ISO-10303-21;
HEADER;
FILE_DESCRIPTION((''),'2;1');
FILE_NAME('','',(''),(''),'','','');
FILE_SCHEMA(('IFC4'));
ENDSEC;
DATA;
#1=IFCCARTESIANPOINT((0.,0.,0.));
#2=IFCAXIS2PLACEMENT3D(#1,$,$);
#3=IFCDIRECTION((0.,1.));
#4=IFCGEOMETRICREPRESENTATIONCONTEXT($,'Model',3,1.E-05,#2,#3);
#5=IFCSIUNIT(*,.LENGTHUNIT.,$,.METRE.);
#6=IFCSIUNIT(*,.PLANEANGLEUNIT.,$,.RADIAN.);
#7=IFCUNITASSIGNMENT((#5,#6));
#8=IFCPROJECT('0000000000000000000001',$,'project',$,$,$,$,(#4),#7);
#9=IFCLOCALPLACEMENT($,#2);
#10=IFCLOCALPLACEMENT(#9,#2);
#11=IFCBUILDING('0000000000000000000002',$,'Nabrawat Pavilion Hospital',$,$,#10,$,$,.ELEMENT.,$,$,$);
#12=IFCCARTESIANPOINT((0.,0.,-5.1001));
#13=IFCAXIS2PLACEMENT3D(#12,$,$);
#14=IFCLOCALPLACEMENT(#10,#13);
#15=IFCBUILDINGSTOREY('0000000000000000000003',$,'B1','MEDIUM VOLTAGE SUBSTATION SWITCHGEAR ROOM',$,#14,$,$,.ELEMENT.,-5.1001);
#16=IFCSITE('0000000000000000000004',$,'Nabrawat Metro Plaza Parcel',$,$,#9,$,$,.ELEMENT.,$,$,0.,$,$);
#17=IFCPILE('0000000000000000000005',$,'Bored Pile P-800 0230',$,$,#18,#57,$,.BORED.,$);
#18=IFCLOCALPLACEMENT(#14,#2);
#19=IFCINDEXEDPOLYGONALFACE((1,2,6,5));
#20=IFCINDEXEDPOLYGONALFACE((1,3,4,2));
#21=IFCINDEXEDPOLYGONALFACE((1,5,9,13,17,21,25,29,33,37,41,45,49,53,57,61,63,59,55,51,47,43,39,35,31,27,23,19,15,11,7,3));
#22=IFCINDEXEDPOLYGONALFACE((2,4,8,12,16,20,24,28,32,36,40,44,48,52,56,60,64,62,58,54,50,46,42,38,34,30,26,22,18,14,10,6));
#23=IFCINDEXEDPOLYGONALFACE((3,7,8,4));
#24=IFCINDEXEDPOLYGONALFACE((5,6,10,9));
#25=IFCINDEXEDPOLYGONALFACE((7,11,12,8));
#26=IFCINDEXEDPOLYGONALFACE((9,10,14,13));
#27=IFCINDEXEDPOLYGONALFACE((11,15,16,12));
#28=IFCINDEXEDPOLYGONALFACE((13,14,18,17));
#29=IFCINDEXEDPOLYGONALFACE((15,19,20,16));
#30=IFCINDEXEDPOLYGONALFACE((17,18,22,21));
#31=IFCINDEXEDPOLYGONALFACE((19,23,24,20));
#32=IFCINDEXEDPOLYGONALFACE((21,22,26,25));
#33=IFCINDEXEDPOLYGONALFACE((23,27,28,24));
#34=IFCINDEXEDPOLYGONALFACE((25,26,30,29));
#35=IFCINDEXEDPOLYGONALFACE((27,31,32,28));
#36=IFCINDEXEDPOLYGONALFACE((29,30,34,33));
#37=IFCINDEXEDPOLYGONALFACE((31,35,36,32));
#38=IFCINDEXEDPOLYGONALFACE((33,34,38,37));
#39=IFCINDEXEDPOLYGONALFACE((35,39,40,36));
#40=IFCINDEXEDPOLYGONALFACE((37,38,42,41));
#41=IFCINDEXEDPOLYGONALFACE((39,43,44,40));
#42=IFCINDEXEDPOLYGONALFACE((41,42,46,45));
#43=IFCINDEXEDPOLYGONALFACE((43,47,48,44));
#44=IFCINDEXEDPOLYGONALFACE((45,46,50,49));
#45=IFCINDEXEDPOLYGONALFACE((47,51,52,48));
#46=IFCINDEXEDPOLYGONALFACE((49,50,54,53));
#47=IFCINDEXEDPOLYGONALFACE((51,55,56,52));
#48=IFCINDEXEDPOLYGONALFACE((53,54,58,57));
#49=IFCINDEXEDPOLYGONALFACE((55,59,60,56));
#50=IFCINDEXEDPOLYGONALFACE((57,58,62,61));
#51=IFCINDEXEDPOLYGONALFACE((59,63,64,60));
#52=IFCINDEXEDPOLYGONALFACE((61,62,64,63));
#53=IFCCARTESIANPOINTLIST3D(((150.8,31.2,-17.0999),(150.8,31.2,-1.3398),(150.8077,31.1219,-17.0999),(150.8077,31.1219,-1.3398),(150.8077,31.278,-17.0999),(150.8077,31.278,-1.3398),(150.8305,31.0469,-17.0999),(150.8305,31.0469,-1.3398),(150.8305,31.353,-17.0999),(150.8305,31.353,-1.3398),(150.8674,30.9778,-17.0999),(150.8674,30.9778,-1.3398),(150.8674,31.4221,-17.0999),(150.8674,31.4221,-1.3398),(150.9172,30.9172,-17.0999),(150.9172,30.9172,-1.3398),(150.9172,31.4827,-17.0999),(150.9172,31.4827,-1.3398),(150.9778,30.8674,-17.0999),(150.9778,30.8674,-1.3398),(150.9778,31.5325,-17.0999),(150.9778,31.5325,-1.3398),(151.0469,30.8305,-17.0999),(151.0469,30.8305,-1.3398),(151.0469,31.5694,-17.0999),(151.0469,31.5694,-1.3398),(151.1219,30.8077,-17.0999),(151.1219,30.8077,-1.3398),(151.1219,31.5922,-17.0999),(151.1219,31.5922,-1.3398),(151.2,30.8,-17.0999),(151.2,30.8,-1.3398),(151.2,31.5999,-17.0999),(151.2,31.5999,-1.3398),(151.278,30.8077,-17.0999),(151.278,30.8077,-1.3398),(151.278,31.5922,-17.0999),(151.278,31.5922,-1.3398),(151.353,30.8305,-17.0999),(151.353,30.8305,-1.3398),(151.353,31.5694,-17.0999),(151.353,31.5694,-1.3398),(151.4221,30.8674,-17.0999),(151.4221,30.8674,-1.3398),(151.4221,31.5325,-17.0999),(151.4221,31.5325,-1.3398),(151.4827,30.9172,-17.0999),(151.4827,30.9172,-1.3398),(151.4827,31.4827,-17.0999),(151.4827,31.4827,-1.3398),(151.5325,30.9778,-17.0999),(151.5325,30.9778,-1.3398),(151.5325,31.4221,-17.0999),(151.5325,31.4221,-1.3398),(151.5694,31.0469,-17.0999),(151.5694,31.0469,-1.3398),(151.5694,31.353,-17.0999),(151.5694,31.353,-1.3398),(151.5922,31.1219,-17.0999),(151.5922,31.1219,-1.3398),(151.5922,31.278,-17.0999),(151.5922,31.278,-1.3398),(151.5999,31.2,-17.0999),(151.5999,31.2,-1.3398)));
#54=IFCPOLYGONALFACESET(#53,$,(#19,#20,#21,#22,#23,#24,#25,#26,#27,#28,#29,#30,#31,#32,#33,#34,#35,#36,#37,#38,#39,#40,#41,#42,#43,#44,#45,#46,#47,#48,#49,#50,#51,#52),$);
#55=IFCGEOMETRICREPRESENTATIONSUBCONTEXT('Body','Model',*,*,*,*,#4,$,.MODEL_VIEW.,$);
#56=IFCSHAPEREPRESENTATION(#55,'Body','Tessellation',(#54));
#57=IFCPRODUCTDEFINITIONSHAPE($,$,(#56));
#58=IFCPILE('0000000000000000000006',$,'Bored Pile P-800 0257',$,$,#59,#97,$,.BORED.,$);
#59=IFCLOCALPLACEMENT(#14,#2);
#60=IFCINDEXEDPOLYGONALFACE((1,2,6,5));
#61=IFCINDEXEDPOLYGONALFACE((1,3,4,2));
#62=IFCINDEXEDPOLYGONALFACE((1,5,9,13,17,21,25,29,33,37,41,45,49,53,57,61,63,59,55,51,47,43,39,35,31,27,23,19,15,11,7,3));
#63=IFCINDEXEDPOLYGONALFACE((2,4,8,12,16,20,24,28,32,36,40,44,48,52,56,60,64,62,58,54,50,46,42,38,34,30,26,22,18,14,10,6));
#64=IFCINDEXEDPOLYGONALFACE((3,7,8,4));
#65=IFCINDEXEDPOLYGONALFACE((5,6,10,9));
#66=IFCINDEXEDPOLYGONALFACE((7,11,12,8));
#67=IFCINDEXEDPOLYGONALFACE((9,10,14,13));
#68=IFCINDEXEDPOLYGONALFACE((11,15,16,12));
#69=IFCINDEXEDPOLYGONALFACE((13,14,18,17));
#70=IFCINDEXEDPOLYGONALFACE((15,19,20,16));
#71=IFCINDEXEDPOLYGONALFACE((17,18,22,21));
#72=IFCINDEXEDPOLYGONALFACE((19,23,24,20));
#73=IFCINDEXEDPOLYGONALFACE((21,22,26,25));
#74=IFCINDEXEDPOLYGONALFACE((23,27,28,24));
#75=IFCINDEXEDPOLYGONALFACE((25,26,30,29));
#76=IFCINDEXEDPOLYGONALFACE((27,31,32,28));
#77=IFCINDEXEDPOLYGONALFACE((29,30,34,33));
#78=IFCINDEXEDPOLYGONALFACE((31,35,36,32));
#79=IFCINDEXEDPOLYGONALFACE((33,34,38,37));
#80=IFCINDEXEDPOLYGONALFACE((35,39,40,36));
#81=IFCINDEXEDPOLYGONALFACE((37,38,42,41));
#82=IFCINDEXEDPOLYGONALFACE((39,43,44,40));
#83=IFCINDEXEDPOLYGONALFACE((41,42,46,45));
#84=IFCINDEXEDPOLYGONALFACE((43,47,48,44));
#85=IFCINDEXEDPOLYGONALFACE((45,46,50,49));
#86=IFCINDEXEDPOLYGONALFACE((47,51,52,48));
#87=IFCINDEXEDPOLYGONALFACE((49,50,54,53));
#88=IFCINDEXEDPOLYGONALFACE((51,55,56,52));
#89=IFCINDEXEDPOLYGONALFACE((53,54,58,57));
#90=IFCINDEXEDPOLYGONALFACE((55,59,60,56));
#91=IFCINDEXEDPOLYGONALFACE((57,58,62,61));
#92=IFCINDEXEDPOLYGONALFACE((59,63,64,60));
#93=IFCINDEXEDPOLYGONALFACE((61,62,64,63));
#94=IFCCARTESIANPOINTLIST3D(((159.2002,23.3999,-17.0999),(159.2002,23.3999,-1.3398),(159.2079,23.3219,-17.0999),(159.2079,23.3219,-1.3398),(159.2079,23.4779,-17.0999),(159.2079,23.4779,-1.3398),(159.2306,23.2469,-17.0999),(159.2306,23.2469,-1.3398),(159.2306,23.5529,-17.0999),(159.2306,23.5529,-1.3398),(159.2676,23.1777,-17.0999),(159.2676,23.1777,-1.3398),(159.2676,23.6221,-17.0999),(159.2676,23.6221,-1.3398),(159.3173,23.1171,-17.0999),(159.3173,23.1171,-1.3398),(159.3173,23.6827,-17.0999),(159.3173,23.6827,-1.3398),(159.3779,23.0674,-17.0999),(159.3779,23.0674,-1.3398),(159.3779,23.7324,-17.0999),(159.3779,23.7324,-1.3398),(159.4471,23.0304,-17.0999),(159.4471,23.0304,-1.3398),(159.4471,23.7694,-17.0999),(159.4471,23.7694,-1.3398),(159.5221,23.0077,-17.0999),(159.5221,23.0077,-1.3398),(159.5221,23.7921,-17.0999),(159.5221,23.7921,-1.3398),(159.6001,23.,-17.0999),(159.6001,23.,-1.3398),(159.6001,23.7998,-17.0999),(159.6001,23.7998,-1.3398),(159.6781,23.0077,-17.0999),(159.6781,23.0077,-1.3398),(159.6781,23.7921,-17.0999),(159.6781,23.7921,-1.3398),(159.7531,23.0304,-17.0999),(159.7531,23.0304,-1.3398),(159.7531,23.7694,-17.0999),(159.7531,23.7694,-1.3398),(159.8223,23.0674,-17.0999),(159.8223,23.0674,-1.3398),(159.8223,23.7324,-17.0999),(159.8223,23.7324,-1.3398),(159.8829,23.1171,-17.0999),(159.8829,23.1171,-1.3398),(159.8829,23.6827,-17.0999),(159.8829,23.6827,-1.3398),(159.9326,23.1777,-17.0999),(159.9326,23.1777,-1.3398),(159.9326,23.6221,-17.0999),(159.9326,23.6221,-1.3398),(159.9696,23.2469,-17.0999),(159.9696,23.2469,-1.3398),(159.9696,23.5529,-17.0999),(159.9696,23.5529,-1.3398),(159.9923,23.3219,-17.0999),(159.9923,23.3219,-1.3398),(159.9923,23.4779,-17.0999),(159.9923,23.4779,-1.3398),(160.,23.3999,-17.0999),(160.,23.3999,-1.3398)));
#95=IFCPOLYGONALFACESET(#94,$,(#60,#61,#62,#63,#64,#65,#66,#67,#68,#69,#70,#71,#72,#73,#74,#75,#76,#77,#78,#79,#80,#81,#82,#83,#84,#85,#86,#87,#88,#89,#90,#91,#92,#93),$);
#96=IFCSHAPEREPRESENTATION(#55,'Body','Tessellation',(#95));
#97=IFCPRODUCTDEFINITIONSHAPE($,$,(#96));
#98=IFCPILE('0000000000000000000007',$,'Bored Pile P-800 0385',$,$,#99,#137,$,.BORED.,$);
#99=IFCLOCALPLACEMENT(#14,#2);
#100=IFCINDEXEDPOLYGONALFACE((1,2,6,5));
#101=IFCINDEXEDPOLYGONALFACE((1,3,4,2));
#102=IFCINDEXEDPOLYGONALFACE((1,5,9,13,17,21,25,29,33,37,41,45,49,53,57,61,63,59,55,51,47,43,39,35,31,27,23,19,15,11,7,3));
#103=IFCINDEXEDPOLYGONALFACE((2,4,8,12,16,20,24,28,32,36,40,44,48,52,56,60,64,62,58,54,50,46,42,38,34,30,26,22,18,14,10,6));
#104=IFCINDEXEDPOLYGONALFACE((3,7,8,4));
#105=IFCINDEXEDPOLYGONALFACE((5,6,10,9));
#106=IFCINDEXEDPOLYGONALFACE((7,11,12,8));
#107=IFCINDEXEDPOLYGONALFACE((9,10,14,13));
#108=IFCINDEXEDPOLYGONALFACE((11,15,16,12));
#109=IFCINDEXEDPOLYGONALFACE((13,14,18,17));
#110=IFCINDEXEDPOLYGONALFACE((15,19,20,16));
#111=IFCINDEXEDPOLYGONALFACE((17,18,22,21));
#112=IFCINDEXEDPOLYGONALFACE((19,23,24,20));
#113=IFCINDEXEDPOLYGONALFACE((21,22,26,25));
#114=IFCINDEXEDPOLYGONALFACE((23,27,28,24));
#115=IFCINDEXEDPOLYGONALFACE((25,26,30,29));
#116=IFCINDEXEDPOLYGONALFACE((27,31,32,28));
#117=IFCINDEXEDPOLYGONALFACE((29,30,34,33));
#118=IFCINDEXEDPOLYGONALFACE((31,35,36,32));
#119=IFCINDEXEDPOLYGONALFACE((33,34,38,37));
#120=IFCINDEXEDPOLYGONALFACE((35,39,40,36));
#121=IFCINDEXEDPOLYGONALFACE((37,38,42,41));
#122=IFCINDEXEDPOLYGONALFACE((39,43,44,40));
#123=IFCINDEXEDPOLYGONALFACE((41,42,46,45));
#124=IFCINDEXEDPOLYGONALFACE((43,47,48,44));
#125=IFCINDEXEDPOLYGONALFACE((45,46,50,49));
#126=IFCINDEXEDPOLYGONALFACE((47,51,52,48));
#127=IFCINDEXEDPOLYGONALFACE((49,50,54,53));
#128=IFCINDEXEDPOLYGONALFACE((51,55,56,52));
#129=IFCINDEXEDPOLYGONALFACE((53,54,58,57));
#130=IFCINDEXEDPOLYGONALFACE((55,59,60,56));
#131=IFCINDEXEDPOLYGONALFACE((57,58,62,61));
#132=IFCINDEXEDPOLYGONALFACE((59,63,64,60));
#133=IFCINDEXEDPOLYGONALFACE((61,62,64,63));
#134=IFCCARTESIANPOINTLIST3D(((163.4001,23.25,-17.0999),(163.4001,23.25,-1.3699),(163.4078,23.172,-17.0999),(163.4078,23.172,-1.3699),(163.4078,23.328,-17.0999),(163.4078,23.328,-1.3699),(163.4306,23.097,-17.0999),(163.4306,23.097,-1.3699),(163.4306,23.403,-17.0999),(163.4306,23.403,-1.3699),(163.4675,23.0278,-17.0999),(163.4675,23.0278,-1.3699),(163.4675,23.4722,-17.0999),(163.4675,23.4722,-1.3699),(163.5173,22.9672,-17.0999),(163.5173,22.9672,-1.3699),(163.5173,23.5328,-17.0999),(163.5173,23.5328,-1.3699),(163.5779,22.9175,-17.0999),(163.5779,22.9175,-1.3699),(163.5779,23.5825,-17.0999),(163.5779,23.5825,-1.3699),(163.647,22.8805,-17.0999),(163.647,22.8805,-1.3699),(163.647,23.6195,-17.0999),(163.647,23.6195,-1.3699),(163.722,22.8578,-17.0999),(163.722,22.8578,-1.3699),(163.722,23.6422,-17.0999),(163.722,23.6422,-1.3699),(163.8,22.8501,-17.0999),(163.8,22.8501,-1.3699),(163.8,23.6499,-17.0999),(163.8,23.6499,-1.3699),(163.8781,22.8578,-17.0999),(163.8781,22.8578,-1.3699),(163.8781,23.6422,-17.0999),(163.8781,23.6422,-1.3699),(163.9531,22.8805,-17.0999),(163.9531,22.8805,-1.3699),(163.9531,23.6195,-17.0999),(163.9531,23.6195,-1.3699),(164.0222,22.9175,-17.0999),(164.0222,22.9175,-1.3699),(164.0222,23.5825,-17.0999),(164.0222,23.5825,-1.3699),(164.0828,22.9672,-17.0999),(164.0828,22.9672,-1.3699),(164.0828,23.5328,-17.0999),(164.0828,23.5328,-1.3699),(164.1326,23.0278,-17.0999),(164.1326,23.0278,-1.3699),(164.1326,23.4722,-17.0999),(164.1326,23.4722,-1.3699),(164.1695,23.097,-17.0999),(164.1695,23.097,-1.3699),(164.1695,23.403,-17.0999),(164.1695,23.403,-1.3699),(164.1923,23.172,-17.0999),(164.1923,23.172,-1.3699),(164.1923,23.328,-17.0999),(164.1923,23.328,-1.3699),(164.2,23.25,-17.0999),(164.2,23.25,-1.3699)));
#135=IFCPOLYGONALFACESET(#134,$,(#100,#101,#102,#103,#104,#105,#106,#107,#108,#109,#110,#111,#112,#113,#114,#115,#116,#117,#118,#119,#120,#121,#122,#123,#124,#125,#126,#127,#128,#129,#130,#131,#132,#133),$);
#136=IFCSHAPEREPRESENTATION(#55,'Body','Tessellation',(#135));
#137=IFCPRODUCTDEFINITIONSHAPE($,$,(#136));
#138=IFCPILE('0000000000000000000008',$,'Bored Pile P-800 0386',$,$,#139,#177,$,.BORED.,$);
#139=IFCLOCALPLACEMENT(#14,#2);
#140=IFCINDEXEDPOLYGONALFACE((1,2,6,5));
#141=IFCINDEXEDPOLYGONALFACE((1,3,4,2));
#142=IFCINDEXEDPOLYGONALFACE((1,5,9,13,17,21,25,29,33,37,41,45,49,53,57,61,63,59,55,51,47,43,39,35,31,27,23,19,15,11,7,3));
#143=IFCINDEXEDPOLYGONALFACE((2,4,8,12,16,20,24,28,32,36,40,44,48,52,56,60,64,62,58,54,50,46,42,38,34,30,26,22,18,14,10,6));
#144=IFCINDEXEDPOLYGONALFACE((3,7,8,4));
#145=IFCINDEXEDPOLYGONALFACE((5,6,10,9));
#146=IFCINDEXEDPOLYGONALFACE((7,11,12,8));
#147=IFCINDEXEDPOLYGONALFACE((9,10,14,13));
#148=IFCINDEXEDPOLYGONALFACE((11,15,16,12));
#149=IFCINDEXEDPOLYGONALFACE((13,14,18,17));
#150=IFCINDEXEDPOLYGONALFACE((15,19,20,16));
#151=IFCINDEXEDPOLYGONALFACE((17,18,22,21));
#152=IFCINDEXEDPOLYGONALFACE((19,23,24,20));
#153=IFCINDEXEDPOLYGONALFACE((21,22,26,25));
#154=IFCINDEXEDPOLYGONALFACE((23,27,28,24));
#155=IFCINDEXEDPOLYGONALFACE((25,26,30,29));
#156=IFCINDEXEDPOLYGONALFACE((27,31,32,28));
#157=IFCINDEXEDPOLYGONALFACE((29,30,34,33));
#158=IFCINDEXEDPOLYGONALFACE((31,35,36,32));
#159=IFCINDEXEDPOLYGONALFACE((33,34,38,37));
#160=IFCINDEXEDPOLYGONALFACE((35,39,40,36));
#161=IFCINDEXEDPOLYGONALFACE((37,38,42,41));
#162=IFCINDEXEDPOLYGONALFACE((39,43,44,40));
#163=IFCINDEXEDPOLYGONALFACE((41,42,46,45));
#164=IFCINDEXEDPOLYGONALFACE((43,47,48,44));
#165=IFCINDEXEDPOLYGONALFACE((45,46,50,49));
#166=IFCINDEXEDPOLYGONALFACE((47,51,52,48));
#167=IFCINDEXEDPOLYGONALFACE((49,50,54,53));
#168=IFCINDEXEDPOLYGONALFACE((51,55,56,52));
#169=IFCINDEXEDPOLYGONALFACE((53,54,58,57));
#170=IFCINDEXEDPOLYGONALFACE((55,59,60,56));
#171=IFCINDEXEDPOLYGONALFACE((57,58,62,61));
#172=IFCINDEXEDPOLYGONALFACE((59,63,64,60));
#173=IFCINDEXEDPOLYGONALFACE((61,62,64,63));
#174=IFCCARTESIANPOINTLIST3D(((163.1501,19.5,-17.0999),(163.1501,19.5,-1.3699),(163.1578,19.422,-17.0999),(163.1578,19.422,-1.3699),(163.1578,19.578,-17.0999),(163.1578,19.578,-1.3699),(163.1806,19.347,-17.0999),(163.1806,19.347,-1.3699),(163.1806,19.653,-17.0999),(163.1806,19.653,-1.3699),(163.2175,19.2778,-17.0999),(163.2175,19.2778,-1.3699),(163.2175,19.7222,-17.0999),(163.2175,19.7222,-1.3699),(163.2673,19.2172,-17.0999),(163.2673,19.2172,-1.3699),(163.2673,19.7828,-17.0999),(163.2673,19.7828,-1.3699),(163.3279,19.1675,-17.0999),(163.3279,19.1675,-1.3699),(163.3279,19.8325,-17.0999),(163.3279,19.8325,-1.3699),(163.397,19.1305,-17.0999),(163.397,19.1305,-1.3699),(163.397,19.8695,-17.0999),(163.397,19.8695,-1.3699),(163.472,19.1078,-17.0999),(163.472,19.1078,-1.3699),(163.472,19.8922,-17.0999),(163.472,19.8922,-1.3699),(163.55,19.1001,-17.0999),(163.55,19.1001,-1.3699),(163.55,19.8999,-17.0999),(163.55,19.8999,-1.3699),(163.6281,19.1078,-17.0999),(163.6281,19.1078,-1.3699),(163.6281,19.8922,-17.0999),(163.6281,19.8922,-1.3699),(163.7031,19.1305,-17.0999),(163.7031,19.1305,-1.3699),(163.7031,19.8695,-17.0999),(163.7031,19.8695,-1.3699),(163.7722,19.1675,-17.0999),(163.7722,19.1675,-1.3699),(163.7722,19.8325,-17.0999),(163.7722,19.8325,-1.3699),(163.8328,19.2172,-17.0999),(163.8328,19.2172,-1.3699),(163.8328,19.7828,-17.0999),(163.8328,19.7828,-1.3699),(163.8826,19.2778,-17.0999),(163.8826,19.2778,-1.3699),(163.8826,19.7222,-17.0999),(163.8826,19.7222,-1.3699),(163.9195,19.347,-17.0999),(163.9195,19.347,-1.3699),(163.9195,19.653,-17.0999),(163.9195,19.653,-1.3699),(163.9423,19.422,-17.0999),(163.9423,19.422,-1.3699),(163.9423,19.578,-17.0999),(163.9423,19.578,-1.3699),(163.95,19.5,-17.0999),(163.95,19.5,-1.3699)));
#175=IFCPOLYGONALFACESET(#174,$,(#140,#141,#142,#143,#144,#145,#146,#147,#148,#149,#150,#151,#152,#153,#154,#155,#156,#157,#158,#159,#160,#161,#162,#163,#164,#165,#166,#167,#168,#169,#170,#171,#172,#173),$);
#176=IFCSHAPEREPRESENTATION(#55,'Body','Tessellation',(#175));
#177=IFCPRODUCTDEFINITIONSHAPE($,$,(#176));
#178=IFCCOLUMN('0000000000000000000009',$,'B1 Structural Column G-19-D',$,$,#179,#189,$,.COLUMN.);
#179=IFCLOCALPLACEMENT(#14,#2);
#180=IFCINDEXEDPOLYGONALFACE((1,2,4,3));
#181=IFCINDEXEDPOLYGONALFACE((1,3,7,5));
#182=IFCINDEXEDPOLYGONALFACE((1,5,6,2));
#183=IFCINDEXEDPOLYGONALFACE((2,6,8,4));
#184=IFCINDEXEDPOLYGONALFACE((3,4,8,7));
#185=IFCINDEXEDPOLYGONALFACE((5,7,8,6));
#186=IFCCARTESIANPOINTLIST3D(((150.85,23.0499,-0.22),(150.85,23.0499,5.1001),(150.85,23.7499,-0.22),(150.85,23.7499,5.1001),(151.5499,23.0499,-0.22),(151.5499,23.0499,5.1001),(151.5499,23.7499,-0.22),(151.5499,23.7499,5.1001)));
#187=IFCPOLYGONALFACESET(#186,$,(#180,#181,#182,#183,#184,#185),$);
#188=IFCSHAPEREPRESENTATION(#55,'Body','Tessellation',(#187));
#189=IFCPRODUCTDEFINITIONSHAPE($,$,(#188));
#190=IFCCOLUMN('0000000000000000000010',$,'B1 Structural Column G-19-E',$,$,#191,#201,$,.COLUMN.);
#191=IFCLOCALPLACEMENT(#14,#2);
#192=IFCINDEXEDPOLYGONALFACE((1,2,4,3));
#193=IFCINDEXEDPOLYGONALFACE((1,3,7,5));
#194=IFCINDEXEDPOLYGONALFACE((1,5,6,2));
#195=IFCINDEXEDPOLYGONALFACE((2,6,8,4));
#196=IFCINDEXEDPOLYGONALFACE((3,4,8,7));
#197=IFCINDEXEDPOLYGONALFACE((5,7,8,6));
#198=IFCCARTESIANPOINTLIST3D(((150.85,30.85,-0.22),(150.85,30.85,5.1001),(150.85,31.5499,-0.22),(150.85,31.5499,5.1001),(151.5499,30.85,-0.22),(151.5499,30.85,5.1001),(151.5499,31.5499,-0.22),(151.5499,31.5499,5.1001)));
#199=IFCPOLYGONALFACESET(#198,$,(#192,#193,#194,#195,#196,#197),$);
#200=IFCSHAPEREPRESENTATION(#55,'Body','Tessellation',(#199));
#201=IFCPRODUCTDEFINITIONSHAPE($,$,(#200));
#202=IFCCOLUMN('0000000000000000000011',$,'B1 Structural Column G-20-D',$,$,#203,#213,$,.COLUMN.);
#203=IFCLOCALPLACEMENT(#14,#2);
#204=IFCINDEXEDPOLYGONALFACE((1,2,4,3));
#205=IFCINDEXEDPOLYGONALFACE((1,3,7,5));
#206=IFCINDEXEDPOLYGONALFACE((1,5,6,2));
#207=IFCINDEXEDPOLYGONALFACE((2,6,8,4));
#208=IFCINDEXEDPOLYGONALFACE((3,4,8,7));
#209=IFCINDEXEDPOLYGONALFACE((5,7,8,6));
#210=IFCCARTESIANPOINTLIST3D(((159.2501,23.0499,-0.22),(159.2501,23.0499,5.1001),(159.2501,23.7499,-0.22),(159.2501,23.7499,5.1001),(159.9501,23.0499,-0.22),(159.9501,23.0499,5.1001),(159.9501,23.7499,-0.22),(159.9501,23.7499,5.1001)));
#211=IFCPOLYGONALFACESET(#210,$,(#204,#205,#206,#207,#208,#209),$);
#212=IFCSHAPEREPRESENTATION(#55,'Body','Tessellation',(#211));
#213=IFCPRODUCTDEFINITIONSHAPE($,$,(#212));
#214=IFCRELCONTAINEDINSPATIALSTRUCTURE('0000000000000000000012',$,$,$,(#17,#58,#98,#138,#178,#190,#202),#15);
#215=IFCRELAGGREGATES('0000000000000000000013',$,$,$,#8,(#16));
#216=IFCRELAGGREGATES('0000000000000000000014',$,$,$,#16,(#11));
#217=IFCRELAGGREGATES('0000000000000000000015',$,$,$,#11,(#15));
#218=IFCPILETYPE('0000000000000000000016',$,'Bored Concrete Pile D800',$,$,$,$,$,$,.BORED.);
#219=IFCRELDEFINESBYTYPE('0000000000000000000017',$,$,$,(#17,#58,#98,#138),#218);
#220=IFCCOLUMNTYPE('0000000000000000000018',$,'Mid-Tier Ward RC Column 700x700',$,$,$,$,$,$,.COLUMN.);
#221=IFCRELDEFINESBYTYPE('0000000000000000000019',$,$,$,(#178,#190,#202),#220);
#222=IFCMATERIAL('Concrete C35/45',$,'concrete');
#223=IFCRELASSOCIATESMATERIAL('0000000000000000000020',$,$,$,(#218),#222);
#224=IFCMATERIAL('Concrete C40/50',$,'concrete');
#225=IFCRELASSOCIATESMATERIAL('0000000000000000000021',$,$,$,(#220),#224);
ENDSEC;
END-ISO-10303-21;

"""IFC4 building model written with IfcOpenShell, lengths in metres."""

from ifc_helpers import new_model, si_unit, direction, frame, origin, origin_2d, place, context, subcontext, project, spatial, rectangle, circle, extrude, material, material_profile, profile_set, type_object, element, save


model = new_model("IFC4")

# Units and contexts
model_context = context("Model", 3, precision=1e-05, world=origin(), true_north=direction((0.0, 1.0)))
body_context = subcontext(model_context, "Body", "Model", "MODEL_VIEW")
ifc_project = project(units=[si_unit("LENGTHUNIT", "METRE"), si_unit("PLANEANGLEUNIT", "RADIAN")], contexts=[model_context])

# Site, building, storey
site_placement = place(None, origin())
site = spatial("IfcSite", under=ifc_project, at=site_placement, Name="Nabrawat Metro Plaza Parcel", CompositionType="ELEMENT", RefElevation=0.0)
building_placement = place(site_placement, origin())
building = spatial("IfcBuilding", under=site, at=building_placement, Name="Nabrawat Pavilion Hospital", CompositionType="ELEMENT")
storey_placement = place(building_placement, frame((0.0, 0.0, -5.1001)))
storey = spatial("IfcBuildingStorey", under=building, at=storey_placement, Name="B1", Description="MEDIUM VOLTAGE SUBSTATION SWITCHGEAR ROOM", CompositionType="ELEMENT", Elevation=-5.1001)

# Piles
ifc_material_1 = material(Name="Concrete C35/45", Category="concrete")
ifc_material_profile_1 = material_profile(ifc_material_1, circle(Radius=0.3999, at=origin_2d()), Name="DIA 800")
ifc_profile_set_1 = profile_set([ifc_material_profile_1], Name="Concrete C35/45")
pile_type = type_object("IfcPileType", Name="Bored Concrete Pile D800", PredefinedType="BORED", material=ifc_profile_set_1)
for number, where, z_axis, x_axis, name in (
    (1, (151.2, 31.2, -1.3398), (0.0, 0.0, -1.0), (1.0, 0.0, 0.0), "Bored Pile P-800 0230"),
    (2, (159.6001, 23.3999, -1.3398), (0.0, 0.0, -1.0), (1.0, 0.0, 0.0), "Bored Pile P-800 0257"),
):
    element("IfcPile", number, at=place(storey_placement, frame(where, z_axis=z_axis, x_axis=x_axis)), inside=storey, type_object=pile_type, Name=name, PredefinedType="BORED", context=body_context, shape_type="SweptSolid", body=[
        extrude(circle(Radius=0.3999, at=origin_2d()), origin(), (0.0, 0.0, 1.0), 15.76),
    ])
for number, where, z_axis, x_axis, name in (
    (3, (163.8, 23.25, -1.3699), (0.0, 0.0, -1.0), (1.0, 0.0, 0.0), "Bored Pile P-800 0385"),
    (4, (163.55, 19.5, -1.3699), (0.0, 0.0, -1.0), (1.0, 0.0, 0.0), "Bored Pile P-800 0386"),
):
    element("IfcPile", number, at=place(storey_placement, frame(where, z_axis=z_axis, x_axis=x_axis)), inside=storey, type_object=pile_type, Name=name, PredefinedType="BORED", context=body_context, shape_type="SweptSolid", body=[
        extrude(circle(Radius=0.3999, at=origin_2d()), origin(), (0.0, 0.0, 1.0), 15.73),
    ])

# Columns
ifc_material_2 = material(Name="Concrete C40/50", Category="concrete")
ifc_material_profile_2 = material_profile(ifc_material_2, rectangle(XDim=0.7, YDim=0.7, at=origin_2d()), Name="RC 700x700")
ifc_profile_set_2 = profile_set([ifc_material_profile_2], Name="Concrete C40/50")
column_type = type_object("IfcColumnType", Name="Mid-Tier Ward RC Column 700x700", PredefinedType="COLUMN", material=ifc_profile_set_2)
for number, where, z_axis, x_axis, name in (
    (5, (151.2, 23.3999, -0.22), (0.0, 0.0, 1.0), (1.0, 0.0, 0.0), "B1 Structural Column G-19-D"),
    (6, (151.2, 31.2, -0.22), (0.0, 0.0, 1.0), (1.0, 0.0, 0.0), "B1 Structural Column G-19-E"),
    (7, (159.6001, 23.3999, -0.22), (0.0, 0.0, 1.0), (1.0, 0.0, 0.0), "B1 Structural Column G-20-D"),
):
    element("IfcColumn", number, at=place(storey_placement, frame(where, z_axis=z_axis, x_axis=x_axis)), inside=storey, type_object=column_type, Name=name, PredefinedType="COLUMN", context=body_context, shape_type="SweptSolid", body=[
        extrude(rectangle(XDim=0.7, YDim=0.7, at=origin_2d()), origin(), (0.0, 0.0, 1.0), 5.3201),
    ])

save(model, "model.ifc")
